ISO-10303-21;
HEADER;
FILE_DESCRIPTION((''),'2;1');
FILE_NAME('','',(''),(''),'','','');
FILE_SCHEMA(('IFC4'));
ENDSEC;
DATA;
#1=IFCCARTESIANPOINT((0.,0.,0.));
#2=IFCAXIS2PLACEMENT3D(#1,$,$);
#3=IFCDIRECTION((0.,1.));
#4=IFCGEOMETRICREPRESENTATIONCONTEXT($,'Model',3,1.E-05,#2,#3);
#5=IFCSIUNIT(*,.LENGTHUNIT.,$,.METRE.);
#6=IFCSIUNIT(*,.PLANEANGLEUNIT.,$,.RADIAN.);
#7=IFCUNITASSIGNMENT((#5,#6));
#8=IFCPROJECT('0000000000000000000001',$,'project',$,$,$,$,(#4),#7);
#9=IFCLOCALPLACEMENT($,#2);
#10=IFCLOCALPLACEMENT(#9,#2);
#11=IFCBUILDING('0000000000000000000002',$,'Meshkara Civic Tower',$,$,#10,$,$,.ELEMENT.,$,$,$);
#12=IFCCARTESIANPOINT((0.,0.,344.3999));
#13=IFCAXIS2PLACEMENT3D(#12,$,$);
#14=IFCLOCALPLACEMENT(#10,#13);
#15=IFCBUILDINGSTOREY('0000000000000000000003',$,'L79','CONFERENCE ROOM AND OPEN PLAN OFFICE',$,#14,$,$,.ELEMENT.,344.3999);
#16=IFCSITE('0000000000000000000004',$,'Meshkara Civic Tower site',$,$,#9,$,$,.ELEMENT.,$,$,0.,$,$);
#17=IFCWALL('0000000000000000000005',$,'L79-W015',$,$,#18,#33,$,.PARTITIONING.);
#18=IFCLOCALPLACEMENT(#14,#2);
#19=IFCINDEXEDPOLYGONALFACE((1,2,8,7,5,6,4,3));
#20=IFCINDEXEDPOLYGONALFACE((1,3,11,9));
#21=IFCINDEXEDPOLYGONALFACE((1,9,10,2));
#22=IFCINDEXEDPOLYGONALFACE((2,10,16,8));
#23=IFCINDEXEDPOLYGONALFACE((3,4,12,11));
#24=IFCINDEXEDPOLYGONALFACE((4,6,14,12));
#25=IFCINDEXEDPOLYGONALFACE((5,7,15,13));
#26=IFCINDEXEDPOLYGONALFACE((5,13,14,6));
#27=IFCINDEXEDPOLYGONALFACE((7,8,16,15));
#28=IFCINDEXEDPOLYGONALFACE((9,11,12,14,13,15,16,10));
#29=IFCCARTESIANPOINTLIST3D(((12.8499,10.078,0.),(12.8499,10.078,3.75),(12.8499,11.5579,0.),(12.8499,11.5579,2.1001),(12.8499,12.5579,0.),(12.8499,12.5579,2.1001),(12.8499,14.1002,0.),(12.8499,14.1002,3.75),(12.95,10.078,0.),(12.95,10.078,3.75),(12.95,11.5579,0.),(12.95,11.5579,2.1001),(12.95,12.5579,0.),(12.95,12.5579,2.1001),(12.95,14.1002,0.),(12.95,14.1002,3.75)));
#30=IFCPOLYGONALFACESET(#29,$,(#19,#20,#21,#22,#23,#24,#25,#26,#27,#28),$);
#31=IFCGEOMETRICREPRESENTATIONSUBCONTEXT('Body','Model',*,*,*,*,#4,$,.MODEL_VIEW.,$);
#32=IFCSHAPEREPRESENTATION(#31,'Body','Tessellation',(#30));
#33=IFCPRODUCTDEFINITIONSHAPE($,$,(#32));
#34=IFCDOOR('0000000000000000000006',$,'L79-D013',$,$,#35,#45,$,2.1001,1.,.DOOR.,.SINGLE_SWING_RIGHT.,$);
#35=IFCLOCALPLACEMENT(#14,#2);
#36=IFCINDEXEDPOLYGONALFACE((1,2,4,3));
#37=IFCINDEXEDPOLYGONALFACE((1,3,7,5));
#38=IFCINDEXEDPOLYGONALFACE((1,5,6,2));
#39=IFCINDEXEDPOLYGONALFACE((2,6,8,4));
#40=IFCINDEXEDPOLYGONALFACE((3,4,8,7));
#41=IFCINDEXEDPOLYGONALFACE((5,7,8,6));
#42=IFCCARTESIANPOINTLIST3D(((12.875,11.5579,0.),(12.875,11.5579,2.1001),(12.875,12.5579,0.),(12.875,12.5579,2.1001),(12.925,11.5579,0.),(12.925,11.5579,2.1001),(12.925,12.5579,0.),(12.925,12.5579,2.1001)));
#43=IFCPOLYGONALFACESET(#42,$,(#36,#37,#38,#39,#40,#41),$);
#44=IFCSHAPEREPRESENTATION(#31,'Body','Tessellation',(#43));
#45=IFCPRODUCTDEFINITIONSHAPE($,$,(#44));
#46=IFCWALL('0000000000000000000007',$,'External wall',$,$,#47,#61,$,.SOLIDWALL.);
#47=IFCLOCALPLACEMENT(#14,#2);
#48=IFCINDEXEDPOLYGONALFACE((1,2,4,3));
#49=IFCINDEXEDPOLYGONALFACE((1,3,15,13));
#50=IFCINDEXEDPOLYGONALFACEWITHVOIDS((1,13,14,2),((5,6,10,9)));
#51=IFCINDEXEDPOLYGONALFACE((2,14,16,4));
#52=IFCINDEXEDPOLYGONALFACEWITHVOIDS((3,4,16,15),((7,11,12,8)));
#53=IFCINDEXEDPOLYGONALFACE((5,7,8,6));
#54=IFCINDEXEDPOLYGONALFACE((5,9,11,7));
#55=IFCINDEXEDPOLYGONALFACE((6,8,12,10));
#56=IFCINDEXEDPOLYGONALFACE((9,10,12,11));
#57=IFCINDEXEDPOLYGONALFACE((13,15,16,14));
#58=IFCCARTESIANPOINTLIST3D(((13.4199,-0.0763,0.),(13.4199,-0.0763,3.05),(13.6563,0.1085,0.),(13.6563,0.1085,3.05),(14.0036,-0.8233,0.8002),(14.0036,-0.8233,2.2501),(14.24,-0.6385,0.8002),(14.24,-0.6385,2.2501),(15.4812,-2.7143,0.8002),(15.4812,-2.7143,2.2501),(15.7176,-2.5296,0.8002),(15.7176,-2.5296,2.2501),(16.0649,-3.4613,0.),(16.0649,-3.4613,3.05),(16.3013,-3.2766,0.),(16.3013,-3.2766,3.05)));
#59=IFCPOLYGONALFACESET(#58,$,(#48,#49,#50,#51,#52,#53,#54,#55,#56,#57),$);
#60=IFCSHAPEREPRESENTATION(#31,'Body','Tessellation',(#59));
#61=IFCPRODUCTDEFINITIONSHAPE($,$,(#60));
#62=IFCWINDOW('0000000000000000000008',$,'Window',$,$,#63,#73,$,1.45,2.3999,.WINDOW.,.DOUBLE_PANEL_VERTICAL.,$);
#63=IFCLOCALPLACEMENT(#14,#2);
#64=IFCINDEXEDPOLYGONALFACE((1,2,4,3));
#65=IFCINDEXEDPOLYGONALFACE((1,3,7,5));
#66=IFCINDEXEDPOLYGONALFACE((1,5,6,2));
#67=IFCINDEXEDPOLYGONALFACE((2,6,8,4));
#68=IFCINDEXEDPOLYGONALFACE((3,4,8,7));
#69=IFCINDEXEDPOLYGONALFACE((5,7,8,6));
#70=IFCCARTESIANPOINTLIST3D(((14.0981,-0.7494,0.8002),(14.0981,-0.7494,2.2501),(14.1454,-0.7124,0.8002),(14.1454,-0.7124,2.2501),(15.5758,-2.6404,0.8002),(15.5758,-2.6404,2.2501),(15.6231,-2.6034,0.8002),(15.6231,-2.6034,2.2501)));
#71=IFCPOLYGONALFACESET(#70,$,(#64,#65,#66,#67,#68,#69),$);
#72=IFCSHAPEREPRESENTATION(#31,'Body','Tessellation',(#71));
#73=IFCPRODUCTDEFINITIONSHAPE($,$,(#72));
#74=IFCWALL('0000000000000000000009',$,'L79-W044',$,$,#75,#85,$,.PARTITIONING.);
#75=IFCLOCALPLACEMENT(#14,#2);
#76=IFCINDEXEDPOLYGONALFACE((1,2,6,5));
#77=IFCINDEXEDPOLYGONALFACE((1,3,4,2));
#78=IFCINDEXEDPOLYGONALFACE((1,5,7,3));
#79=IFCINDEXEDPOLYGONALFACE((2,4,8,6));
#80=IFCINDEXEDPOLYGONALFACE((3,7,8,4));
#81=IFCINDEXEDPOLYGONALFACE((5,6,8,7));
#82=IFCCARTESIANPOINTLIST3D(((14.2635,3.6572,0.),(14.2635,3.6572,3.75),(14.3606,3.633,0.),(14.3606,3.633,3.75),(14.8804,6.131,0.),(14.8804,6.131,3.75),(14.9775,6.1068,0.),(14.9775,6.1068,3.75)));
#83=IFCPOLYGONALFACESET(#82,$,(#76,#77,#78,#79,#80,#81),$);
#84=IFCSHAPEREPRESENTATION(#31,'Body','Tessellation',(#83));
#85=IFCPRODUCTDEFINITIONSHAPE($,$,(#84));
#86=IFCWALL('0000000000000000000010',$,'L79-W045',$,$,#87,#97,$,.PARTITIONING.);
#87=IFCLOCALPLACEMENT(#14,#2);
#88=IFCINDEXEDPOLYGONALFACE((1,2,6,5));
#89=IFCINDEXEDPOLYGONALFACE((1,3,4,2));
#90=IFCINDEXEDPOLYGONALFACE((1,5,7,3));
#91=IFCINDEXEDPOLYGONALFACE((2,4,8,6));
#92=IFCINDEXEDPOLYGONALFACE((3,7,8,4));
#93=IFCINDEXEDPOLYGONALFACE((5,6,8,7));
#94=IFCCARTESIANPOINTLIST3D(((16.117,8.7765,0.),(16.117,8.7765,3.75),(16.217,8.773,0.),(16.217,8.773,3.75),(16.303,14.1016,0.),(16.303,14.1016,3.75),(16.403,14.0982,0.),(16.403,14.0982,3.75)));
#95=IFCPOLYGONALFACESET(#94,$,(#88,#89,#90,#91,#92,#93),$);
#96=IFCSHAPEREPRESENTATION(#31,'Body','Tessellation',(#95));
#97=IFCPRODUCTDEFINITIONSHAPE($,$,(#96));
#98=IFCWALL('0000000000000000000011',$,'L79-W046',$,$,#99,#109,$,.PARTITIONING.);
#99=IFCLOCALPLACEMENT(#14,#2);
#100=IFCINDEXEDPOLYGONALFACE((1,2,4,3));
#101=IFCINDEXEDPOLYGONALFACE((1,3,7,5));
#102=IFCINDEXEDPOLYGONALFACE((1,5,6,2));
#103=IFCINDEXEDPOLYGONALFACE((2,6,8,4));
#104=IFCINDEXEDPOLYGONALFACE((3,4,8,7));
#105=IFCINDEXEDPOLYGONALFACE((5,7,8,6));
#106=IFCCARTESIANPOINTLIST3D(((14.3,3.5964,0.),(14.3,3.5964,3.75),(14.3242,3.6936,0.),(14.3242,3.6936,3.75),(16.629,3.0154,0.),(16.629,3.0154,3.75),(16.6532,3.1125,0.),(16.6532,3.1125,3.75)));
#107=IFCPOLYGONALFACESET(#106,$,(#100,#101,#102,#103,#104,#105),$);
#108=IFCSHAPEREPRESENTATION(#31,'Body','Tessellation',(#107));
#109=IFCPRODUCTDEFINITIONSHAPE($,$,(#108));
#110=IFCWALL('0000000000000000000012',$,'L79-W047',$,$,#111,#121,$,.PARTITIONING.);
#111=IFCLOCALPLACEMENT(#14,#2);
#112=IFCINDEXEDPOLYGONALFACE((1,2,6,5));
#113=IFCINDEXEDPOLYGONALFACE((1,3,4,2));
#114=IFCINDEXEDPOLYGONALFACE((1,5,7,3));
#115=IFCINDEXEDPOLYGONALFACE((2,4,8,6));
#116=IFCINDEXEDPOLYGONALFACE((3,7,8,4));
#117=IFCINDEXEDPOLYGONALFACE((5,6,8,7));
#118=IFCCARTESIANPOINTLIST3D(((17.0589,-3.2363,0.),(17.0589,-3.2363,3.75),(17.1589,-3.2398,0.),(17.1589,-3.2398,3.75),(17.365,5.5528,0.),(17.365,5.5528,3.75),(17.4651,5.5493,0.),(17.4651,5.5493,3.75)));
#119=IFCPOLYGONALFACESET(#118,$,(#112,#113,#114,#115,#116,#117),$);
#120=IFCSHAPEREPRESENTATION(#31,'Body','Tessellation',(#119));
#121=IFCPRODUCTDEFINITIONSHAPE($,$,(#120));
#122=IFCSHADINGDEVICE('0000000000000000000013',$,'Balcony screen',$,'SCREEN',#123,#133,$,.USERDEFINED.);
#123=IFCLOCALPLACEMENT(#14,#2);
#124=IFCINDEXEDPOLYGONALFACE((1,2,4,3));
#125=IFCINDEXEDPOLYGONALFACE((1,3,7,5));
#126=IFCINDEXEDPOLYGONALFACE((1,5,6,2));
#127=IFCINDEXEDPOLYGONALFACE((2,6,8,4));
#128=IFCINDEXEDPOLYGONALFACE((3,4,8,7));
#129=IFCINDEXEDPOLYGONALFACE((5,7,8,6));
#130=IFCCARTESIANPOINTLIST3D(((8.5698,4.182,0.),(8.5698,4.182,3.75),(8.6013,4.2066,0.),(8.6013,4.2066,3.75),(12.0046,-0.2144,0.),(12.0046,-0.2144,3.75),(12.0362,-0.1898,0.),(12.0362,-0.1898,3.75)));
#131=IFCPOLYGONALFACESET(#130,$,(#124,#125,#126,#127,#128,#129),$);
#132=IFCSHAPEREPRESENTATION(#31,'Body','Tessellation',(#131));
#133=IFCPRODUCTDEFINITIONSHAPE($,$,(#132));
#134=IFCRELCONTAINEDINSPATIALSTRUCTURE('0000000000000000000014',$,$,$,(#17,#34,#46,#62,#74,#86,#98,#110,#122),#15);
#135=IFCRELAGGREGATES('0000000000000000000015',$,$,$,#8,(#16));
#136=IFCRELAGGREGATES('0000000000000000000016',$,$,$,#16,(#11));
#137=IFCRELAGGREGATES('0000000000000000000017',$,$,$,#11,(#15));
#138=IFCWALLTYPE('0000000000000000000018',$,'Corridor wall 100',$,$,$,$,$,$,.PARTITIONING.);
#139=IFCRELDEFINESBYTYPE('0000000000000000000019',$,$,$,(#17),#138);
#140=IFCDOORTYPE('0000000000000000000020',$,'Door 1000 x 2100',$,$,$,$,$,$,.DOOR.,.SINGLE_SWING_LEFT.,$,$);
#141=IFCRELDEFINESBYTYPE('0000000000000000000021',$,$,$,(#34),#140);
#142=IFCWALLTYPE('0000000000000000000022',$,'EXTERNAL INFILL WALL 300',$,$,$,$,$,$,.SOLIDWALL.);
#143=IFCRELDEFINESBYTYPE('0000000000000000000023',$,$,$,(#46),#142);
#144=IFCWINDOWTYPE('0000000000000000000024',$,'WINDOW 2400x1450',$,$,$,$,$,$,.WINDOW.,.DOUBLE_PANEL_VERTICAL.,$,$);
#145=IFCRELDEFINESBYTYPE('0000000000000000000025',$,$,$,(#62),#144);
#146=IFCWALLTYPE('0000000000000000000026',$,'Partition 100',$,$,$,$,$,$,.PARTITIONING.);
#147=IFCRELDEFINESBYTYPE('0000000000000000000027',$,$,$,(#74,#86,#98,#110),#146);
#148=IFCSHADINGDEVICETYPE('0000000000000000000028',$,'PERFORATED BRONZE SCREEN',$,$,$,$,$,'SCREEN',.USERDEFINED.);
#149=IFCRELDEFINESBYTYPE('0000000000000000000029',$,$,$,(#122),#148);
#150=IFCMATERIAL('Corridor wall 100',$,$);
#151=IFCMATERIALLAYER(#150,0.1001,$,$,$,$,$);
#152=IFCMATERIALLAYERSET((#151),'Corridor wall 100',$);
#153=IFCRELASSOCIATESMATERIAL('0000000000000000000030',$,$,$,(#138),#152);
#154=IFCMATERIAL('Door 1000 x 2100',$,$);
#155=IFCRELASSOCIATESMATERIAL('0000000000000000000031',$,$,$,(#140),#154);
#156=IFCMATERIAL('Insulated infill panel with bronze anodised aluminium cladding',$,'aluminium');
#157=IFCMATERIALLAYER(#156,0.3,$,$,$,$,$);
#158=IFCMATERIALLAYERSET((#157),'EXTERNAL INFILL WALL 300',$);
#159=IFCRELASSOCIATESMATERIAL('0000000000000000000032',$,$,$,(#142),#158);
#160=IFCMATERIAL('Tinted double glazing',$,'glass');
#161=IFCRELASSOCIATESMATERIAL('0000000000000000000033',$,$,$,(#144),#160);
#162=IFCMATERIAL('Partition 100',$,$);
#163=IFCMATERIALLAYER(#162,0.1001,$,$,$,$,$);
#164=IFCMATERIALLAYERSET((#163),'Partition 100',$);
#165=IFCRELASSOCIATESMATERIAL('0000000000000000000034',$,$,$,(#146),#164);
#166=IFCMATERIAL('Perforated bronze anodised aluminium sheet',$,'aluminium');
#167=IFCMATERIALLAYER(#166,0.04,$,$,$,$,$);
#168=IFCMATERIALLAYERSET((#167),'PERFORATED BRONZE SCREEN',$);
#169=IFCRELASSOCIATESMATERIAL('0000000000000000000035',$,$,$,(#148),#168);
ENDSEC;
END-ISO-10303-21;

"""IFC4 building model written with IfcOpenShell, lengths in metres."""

from ifc_helpers import new_model, si_unit, direction, frame, frame_2d, origin, origin_2d, place, context, subcontext, project, spatial, rectangle, extrude, material, layer, layer_set, type_object, element, fill, save


model = new_model("IFC4")

# Units and contexts
model_context = context("Model", 3, precision=1e-05, world=origin(), true_north=direction((0.0, 1.0)))
body_context = subcontext(model_context, "Body", "Model", "MODEL_VIEW")
ifc_project = project(units=[si_unit("LENGTHUNIT", "METRE"), si_unit("PLANEANGLEUNIT", "RADIAN")], contexts=[model_context])

# Site, building, storey
site_placement = place(None, origin())
site = spatial("IfcSite", under=ifc_project, at=site_placement, Name="Meshkara Civic Tower site", CompositionType="ELEMENT", RefElevation=0.0)
building_placement = place(site_placement, origin())
building = spatial("IfcBuilding", under=site, at=building_placement, Name="Meshkara Civic Tower", CompositionType="ELEMENT")
storey_placement = place(building_placement, frame((0.0, 0.0, 344.3999)))
storey = spatial("IfcBuildingStorey", under=building, at=storey_placement, Name="L79", Description="CONFERENCE ROOM AND OPEN PLAN OFFICE", CompositionType="ELEMENT", Elevation=344.3999)

# Shared definitions
ifc_material_1 = material(Name="Corridor wall 100")
ifc_layer_1 = layer(ifc_material_1, 0.1001)
ifc_layer_set_1 = layer_set([ifc_layer_1], Name="Corridor wall 100")
wall_type_1 = type_object("IfcWallType", Name="Corridor wall 100", PredefinedType="PARTITIONING", material=ifc_layer_set_1)
ifc_material_2 = material(Name="Door 1000 x 2100")
door_type_1 = type_object("IfcDoorType", Name="Door 1000 x 2100", OperationType="SINGLE_SWING_LEFT", PredefinedType="DOOR", material=ifc_material_2)

# Wall, opening, door
wall_1_placement = place(storey_placement, frame((12.8999, 10.0779, 0.0), z_axis=(0.0, 0.0, 1.0), x_axis=(0.0, 1.0, 0.0)))
wall_1 = element("IfcWall", 1, at=wall_1_placement, inside=storey, type_object=wall_type_1, Name="L79-W015", PredefinedType="PARTITIONING", context=body_context, shape_type="SweptSolid", body=[
    extrude(rectangle(XDim=4.0222, YDim=0.1001, at=frame_2d((2.0112, 0.0))), origin(), (0.0, 0.0, 1.0), 3.75),
])
opening_1_placement = place(wall_1_placement, frame((1.48, 0.0, 0.0)))
opening_1 = element("IfcOpeningElement", 2, at=opening_1_placement, cuts=wall_1, PredefinedType="OPENING", context=body_context, shape_type="SweptSolid", body=[
    extrude(rectangle(XDim=1.0, YDim=2.1001, at=frame_2d((0.5, 1.05))), frame((0.0, 0.0601, 0.0), z_axis=(0.0, -1.0, 0.0), x_axis=(1.0, 0.0, 0.0)), (0.0, 0.0, 1.0), 0.1201),
])
door_1_placement = place(opening_1_placement, origin())
door_1 = element("IfcDoor", 3, at=door_1_placement, inside=storey, type_object=door_type_1, Name="L79-D013", OperationType="SINGLE_SWING_RIGHT", OverallHeight=2.1001, OverallWidth=1.0, PredefinedType="DOOR", context=body_context, shape_type="SweptSolid", body=[
    extrude(rectangle(XDim=1.0, YDim=2.1001, at=frame_2d((0.5, 1.05))), frame((0.0, 0.0249, 0.0), z_axis=(0.0, -1.0, 0.0), x_axis=(1.0, 0.0, 0.0)), (0.0, 0.0, 1.0), 0.05),
])
fill(opening_1, door_1)

# Wall, opening, window
ifc_material_3 = material(Name="Insulated infill panel with bronze anodised aluminium cladding", Category="aluminium")
ifc_layer_2 = layer(ifc_material_3, 0.3)
ifc_layer_set_2 = layer_set([ifc_layer_2], Name="EXTERNAL INFILL WALL 300")
wall_type_2 = type_object("IfcWallType", Name="EXTERNAL INFILL WALL 300", PredefinedType="SOLIDWALL", material=ifc_layer_set_2)
wall_2_placement = place(storey_placement, frame((13.5381, 0.0161, 0.0), z_axis=(0.0, 0.0, 1.0), x_axis=(0.615714, -0.78797, 0.0)))
wall_2 = element("IfcWall", 4, at=wall_2_placement, inside=storey, type_object=wall_type_2, Name="External wall", PredefinedType="SOLIDWALL", context=body_context, shape_type="SweptSolid", body=[
    extrude(rectangle(XDim=4.2959, YDim=0.3, at=frame_2d((2.1479, 0.0))), origin(), (0.0, 0.0, 1.0), 3.05),
])
opening_2_placement = place(wall_2_placement, frame((0.948, 0.0, 0.8)))
opening_2 = element("IfcOpeningElement", 5, at=opening_2_placement, cuts=wall_2, PredefinedType="OPENING", context=body_context, shape_type="SweptSolid", body=[
    extrude(rectangle(XDim=2.3999, YDim=1.45, at=frame_2d((1.2, 0.7251))), frame((0.0, 0.1599, 0.0), z_axis=(0.0, -1.0, 0.0), x_axis=(1.0, 0.0, 0.0)), (0.0, 0.0, 1.0), 0.3201),
])
ifc_material_4 = material(Name="Tinted double glazing", Category="glass")
window_type = type_object("IfcWindowType", Name="WINDOW 2400x1450", PartitioningType="DOUBLE_PANEL_VERTICAL", PredefinedType="WINDOW", material=ifc_material_4)
window_placement = place(opening_2_placement, origin())
window = element("IfcWindow", 6, at=window_placement, inside=storey, type_object=window_type, Name="Window", OverallHeight=1.45, OverallWidth=2.3999, PartitioningType="DOUBLE_PANEL_VERTICAL", PredefinedType="WINDOW", context=body_context, shape_type="SweptSolid", body=[
    extrude(rectangle(XDim=2.3999, YDim=1.45, at=frame_2d((1.2, 0.7251))), frame((0.0, 0.03, 0.0), z_axis=(0.0, -1.0, 0.0), x_axis=(1.0, 0.0, 0.0)), (0.0, 0.0, 1.0), 0.0601),
])
fill(opening_2, window)

# Walls
ifc_material_5 = material(Name="Partition 100")
ifc_layer_3 = layer(ifc_material_5, 0.1001)
ifc_layer_set_3 = layer_set([ifc_layer_3], Name="Partition 100")
wall_type_3 = type_object("IfcWallType", Name="Partition 100", PredefinedType="PARTITIONING", material=ifc_layer_set_3)
wall_3_placement = place(storey_placement, frame((14.312, 3.645, 0.0), z_axis=(0.0, 0.0, 1.0), x_axis=(0.241972, 0.970283, 0.0)))
element("IfcWall", 7, at=wall_3_placement, inside=storey, type_object=wall_type_3, Name="L79-W044", PredefinedType="PARTITIONING", context=body_context, shape_type="SweptSolid", body=[
    extrude(rectangle(XDim=2.5496, YDim=0.1001, at=frame_2d((1.2749, 0.0))), origin(), (0.0, 0.0, 1.0), 3.75),
])
wall_4_placement = place(storey_placement, frame((16.167, 8.7749, 0.0), z_axis=(0.0, 0.0, 1.0), x_axis=(0.034914, 0.99939, 0.0)))
element("IfcWall", 8, at=wall_4_placement, inside=storey, type_object=wall_type_3, Name="L79-W045", PredefinedType="PARTITIONING", context=body_context, shape_type="SweptSolid", body=[
    extrude(rectangle(XDim=5.3284, YDim=0.1001, at=frame_2d((2.6641, 0.0))), origin(), (0.0, 0.0, 1.0), 3.75),
])
wall_5_placement = place(storey_placement, frame((16.6411, 3.064, 0.0), z_axis=(0.0, 0.0, 1.0), x_axis=(-0.970262, 0.242057, 0.0)))
element("IfcWall", 9, at=wall_5_placement, inside=storey, type_object=wall_type_3, Name="L79-W046", PredefinedType="PARTITIONING", context=body_context, shape_type="SweptSolid", body=[
    extrude(rectangle(XDim=2.4004, YDim=0.1001, at=frame_2d((1.2002, 0.0))), origin(), (0.0, 0.0, 1.0), 3.75),
])
wall_6_placement = place(storey_placement, frame((17.1089, -3.238, 0.0), z_axis=(0.0, 0.0, 1.0), x_axis=(0.034812, 0.999394, 0.0)))
element("IfcWall", 10, at=wall_6_placement, inside=storey, type_object=wall_type_3, Name="L79-W047", PredefinedType="PARTITIONING", context=body_context, shape_type="SweptSolid", body=[
    extrude(rectangle(XDim=8.7944, YDim=0.1001, at=frame_2d((4.3972, 0.0))), origin(), (0.0, 0.0, 1.0), 3.75),
])

# Shading device
ifc_material_6 = material(Name="Perforated bronze anodised aluminium sheet", Category="aluminium")
ifc_layer_4 = layer(ifc_material_6, 0.04)
ifc_layer_set_4 = layer_set([ifc_layer_4], Name="PERFORATED BRONZE SCREEN")
shading_device_type = type_object("IfcShadingDeviceType", Name="PERFORATED BRONZE SCREEN", ElementType="SCREEN", PredefinedType="USERDEFINED", material=ifc_layer_set_4)
shading_device_placement = place(storey_placement, frame((10.303, 1.9961, 0.0), z_axis=(0.0, 0.0, 1.0), x_axis=(0.615661, -0.788011, 0.0)))
element("IfcShadingDevice", 11, at=shading_device_placement, inside=storey, type_object=shading_device_type, Name="Balcony screen", ObjectType="SCREEN", PredefinedType="USERDEFINED", context=body_context, shape_type="SweptSolid", body=[
    extrude(rectangle(XDim=5.5791, YDim=0.04, at=origin_2d()), origin(), (0.0, 0.0, 1.0), 3.75),
])

save(model, "model.ifc")
